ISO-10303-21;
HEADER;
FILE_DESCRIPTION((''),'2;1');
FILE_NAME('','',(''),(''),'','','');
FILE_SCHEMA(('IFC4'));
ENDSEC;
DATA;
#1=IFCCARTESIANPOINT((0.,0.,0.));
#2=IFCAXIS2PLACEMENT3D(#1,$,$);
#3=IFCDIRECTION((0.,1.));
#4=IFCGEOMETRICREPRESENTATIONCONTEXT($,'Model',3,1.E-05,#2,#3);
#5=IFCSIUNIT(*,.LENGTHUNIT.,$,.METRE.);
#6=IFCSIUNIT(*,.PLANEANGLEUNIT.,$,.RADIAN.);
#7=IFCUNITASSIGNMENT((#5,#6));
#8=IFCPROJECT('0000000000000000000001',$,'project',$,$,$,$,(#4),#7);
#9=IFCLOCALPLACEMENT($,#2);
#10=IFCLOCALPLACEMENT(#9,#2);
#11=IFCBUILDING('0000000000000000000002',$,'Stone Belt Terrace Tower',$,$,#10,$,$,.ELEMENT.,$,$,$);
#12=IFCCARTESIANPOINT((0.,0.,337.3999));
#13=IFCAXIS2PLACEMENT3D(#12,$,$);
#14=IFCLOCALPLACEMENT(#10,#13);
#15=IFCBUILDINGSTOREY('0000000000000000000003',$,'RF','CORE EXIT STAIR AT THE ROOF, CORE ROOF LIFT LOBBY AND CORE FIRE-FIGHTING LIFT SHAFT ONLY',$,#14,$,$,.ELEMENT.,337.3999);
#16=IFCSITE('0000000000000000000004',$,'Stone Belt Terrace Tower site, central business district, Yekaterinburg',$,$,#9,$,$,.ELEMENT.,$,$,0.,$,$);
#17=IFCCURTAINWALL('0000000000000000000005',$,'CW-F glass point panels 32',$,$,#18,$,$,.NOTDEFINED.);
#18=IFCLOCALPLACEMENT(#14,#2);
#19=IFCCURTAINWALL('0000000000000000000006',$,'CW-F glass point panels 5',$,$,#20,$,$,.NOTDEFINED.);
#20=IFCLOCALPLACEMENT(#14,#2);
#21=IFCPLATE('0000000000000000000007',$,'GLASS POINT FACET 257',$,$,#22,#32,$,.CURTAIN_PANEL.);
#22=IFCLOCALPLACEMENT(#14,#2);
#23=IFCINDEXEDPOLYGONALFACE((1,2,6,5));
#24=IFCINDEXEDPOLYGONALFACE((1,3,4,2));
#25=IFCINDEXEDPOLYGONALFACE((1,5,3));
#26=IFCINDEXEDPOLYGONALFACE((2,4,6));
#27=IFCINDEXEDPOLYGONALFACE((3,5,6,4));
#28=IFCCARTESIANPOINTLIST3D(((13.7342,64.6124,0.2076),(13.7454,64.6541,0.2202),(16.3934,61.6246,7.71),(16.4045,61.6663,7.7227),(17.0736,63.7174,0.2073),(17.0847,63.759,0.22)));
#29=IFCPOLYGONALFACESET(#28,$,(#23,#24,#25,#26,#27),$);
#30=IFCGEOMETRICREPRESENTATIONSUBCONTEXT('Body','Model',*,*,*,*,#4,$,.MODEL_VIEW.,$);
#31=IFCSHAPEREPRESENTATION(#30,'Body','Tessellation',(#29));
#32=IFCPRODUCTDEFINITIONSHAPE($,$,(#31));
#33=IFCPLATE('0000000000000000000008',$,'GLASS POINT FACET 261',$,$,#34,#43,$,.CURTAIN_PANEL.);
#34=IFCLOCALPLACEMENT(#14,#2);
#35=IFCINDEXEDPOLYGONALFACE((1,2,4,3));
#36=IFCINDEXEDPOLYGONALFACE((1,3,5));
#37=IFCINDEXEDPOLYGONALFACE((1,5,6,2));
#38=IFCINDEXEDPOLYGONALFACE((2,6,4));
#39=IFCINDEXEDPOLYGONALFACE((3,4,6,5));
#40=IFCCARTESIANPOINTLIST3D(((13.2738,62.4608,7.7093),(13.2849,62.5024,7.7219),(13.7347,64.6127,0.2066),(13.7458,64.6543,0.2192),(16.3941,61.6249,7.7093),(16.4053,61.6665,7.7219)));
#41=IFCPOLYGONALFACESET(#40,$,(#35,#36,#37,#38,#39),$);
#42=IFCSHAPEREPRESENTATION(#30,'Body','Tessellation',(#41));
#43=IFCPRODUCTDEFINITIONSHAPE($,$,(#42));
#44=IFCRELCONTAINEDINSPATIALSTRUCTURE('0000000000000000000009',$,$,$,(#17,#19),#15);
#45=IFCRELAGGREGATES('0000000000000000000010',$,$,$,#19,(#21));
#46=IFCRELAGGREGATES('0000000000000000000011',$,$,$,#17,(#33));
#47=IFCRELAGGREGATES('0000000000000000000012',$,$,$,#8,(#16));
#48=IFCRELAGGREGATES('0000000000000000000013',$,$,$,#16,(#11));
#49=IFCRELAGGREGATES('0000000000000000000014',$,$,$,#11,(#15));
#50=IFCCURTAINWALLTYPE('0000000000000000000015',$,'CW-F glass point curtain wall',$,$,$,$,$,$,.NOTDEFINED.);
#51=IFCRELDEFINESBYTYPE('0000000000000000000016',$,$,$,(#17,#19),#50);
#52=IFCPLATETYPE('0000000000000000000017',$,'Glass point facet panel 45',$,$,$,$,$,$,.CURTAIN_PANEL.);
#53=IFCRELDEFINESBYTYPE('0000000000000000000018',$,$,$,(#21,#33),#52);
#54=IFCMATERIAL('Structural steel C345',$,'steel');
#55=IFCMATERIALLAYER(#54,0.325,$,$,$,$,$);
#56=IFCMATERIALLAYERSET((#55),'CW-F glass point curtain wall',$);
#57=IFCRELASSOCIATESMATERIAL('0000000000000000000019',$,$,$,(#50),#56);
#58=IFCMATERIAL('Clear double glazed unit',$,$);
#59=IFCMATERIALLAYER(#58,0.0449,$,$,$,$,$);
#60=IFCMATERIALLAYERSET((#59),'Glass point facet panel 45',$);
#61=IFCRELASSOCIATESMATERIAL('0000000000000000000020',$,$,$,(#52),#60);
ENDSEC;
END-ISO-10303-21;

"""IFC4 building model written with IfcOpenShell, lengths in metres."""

from ifc_helpers import new_model, si_unit, direction, frame, origin, place, context, subcontext, project, spatial, polyline, outline, extrude, material, layer, layer_set, type_object, element, aggregate, save


model = new_model("IFC4")

# Units and contexts
model_context = context("Model", 3, precision=1e-05, world=origin(), true_north=direction((0.0, 1.0)))
body_context = subcontext(model_context, "Body", "Model", "MODEL_VIEW")
ifc_project = project(units=[si_unit("LENGTHUNIT", "METRE"), si_unit("PLANEANGLEUNIT", "RADIAN")], contexts=[model_context])

# Site, building, storey
site_placement = place(None, origin())
site = spatial("IfcSite", under=ifc_project, at=site_placement, Name="Stone Belt Terrace Tower site, central business district, Yekaterinburg", CompositionType="ELEMENT", RefElevation=0.0)
building_placement = place(site_placement, origin())
building = spatial("IfcBuilding", under=site, at=building_placement, Name="Stone Belt Terrace Tower", CompositionType="ELEMENT")
storey_placement = place(building_placement, frame((0.0, 0.0, 337.3999)))
storey = spatial("IfcBuildingStorey", under=building, at=storey_placement, Name="RF", Description="CORE EXIT STAIR AT THE ROOF, CORE ROOF LIFT LOBBY AND CORE FIRE-FIGHTING LIFT SHAFT ONLY", CompositionType="ELEMENT", Elevation=337.3999)

# Shared definitions
ifc_material_1 = material(Name="Structural steel C345", Category="steel")

# Shared definitions
ifc_layer_1 = layer(ifc_material_1, 0.325)
ifc_layer_set_1 = layer_set([ifc_layer_1], Name="CW-F glass point curtain wall")
curtain_wall_type = type_object("IfcCurtainWallType", Name="CW-F glass point curtain wall", PredefinedType="NOTDEFINED", material=ifc_layer_set_1)
ifc_material_2 = material(Name="Clear double glazed unit")
ifc_layer_2 = layer(ifc_material_2, 0.0449)
ifc_layer_set_2 = layer_set([ifc_layer_2], Name="Glass point facet panel 45")
plate_type = type_object("IfcPlateType", Name="Glass point facet panel 45", PredefinedType="CURTAIN_PANEL", material=ifc_layer_set_2)

# Curtain walls, plate
curtain_wall_1_placement = place(storey_placement, origin())
curtain_wall_1 = element("IfcCurtainWall", 1, at=curtain_wall_1_placement, inside=storey, type_object=curtain_wall_type, Name="CW-F glass point panels 32", PredefinedType="NOTDEFINED")
curtain_wall_2_placement = place(storey_placement, origin())
curtain_wall_2 = element("IfcCurtainWall", 2, at=curtain_wall_2_placement, inside=storey, type_object=curtain_wall_type, Name="CW-F glass point panels 5", PredefinedType="NOTDEFINED")
plate_1_placement = place(storey_placement, frame((13.7454, 64.6541, 0.2202), z_axis=(0.248466, 0.92696, 0.281088), x_axis=(0.965908, -0.258884, -0.000071)))
plate_1 = element("IfcPlate", 3, at=plate_1_placement, type_object=plate_type, Name="GLASS POINT FACET 257", PredefinedType="CURTAIN_PANEL", context=body_context, shape_type="SweptSolid", body=[
    extrude(outline(polyline([(0.0, 0.0), (3.4572, 0.0), (3.3415, -7.8179), (0.0, 0.0)])), origin(), (0.0, 0.0, -1.0), 0.0449),
])
aggregate(curtain_wall_2, [plate_1])

# Plate
plate_2_placement = place(storey_placement, frame((13.7458, 64.6543, 0.2192), z_axis=(0.248337, 0.926983, 0.281126), x_axis=(0.312787, -0.351408, 0.882426)))
plate_2 = element("IfcPlate", 4, at=plate_2_placement, type_object=plate_type, Name="GLASS POINT FACET 261", PredefinedType="CURTAIN_PANEL", context=body_context, shape_type="SweptSolid", body=[
    extrude(outline(polyline([(0.0, 0.0), (8.5023, 0.0), (7.2326, -2.9704), (0.0, 0.0)])), origin(), (0.0, 0.0, -1.0), 0.0449),
])
aggregate(curtain_wall_1, [plate_2])

save(model, "model.ifc")
